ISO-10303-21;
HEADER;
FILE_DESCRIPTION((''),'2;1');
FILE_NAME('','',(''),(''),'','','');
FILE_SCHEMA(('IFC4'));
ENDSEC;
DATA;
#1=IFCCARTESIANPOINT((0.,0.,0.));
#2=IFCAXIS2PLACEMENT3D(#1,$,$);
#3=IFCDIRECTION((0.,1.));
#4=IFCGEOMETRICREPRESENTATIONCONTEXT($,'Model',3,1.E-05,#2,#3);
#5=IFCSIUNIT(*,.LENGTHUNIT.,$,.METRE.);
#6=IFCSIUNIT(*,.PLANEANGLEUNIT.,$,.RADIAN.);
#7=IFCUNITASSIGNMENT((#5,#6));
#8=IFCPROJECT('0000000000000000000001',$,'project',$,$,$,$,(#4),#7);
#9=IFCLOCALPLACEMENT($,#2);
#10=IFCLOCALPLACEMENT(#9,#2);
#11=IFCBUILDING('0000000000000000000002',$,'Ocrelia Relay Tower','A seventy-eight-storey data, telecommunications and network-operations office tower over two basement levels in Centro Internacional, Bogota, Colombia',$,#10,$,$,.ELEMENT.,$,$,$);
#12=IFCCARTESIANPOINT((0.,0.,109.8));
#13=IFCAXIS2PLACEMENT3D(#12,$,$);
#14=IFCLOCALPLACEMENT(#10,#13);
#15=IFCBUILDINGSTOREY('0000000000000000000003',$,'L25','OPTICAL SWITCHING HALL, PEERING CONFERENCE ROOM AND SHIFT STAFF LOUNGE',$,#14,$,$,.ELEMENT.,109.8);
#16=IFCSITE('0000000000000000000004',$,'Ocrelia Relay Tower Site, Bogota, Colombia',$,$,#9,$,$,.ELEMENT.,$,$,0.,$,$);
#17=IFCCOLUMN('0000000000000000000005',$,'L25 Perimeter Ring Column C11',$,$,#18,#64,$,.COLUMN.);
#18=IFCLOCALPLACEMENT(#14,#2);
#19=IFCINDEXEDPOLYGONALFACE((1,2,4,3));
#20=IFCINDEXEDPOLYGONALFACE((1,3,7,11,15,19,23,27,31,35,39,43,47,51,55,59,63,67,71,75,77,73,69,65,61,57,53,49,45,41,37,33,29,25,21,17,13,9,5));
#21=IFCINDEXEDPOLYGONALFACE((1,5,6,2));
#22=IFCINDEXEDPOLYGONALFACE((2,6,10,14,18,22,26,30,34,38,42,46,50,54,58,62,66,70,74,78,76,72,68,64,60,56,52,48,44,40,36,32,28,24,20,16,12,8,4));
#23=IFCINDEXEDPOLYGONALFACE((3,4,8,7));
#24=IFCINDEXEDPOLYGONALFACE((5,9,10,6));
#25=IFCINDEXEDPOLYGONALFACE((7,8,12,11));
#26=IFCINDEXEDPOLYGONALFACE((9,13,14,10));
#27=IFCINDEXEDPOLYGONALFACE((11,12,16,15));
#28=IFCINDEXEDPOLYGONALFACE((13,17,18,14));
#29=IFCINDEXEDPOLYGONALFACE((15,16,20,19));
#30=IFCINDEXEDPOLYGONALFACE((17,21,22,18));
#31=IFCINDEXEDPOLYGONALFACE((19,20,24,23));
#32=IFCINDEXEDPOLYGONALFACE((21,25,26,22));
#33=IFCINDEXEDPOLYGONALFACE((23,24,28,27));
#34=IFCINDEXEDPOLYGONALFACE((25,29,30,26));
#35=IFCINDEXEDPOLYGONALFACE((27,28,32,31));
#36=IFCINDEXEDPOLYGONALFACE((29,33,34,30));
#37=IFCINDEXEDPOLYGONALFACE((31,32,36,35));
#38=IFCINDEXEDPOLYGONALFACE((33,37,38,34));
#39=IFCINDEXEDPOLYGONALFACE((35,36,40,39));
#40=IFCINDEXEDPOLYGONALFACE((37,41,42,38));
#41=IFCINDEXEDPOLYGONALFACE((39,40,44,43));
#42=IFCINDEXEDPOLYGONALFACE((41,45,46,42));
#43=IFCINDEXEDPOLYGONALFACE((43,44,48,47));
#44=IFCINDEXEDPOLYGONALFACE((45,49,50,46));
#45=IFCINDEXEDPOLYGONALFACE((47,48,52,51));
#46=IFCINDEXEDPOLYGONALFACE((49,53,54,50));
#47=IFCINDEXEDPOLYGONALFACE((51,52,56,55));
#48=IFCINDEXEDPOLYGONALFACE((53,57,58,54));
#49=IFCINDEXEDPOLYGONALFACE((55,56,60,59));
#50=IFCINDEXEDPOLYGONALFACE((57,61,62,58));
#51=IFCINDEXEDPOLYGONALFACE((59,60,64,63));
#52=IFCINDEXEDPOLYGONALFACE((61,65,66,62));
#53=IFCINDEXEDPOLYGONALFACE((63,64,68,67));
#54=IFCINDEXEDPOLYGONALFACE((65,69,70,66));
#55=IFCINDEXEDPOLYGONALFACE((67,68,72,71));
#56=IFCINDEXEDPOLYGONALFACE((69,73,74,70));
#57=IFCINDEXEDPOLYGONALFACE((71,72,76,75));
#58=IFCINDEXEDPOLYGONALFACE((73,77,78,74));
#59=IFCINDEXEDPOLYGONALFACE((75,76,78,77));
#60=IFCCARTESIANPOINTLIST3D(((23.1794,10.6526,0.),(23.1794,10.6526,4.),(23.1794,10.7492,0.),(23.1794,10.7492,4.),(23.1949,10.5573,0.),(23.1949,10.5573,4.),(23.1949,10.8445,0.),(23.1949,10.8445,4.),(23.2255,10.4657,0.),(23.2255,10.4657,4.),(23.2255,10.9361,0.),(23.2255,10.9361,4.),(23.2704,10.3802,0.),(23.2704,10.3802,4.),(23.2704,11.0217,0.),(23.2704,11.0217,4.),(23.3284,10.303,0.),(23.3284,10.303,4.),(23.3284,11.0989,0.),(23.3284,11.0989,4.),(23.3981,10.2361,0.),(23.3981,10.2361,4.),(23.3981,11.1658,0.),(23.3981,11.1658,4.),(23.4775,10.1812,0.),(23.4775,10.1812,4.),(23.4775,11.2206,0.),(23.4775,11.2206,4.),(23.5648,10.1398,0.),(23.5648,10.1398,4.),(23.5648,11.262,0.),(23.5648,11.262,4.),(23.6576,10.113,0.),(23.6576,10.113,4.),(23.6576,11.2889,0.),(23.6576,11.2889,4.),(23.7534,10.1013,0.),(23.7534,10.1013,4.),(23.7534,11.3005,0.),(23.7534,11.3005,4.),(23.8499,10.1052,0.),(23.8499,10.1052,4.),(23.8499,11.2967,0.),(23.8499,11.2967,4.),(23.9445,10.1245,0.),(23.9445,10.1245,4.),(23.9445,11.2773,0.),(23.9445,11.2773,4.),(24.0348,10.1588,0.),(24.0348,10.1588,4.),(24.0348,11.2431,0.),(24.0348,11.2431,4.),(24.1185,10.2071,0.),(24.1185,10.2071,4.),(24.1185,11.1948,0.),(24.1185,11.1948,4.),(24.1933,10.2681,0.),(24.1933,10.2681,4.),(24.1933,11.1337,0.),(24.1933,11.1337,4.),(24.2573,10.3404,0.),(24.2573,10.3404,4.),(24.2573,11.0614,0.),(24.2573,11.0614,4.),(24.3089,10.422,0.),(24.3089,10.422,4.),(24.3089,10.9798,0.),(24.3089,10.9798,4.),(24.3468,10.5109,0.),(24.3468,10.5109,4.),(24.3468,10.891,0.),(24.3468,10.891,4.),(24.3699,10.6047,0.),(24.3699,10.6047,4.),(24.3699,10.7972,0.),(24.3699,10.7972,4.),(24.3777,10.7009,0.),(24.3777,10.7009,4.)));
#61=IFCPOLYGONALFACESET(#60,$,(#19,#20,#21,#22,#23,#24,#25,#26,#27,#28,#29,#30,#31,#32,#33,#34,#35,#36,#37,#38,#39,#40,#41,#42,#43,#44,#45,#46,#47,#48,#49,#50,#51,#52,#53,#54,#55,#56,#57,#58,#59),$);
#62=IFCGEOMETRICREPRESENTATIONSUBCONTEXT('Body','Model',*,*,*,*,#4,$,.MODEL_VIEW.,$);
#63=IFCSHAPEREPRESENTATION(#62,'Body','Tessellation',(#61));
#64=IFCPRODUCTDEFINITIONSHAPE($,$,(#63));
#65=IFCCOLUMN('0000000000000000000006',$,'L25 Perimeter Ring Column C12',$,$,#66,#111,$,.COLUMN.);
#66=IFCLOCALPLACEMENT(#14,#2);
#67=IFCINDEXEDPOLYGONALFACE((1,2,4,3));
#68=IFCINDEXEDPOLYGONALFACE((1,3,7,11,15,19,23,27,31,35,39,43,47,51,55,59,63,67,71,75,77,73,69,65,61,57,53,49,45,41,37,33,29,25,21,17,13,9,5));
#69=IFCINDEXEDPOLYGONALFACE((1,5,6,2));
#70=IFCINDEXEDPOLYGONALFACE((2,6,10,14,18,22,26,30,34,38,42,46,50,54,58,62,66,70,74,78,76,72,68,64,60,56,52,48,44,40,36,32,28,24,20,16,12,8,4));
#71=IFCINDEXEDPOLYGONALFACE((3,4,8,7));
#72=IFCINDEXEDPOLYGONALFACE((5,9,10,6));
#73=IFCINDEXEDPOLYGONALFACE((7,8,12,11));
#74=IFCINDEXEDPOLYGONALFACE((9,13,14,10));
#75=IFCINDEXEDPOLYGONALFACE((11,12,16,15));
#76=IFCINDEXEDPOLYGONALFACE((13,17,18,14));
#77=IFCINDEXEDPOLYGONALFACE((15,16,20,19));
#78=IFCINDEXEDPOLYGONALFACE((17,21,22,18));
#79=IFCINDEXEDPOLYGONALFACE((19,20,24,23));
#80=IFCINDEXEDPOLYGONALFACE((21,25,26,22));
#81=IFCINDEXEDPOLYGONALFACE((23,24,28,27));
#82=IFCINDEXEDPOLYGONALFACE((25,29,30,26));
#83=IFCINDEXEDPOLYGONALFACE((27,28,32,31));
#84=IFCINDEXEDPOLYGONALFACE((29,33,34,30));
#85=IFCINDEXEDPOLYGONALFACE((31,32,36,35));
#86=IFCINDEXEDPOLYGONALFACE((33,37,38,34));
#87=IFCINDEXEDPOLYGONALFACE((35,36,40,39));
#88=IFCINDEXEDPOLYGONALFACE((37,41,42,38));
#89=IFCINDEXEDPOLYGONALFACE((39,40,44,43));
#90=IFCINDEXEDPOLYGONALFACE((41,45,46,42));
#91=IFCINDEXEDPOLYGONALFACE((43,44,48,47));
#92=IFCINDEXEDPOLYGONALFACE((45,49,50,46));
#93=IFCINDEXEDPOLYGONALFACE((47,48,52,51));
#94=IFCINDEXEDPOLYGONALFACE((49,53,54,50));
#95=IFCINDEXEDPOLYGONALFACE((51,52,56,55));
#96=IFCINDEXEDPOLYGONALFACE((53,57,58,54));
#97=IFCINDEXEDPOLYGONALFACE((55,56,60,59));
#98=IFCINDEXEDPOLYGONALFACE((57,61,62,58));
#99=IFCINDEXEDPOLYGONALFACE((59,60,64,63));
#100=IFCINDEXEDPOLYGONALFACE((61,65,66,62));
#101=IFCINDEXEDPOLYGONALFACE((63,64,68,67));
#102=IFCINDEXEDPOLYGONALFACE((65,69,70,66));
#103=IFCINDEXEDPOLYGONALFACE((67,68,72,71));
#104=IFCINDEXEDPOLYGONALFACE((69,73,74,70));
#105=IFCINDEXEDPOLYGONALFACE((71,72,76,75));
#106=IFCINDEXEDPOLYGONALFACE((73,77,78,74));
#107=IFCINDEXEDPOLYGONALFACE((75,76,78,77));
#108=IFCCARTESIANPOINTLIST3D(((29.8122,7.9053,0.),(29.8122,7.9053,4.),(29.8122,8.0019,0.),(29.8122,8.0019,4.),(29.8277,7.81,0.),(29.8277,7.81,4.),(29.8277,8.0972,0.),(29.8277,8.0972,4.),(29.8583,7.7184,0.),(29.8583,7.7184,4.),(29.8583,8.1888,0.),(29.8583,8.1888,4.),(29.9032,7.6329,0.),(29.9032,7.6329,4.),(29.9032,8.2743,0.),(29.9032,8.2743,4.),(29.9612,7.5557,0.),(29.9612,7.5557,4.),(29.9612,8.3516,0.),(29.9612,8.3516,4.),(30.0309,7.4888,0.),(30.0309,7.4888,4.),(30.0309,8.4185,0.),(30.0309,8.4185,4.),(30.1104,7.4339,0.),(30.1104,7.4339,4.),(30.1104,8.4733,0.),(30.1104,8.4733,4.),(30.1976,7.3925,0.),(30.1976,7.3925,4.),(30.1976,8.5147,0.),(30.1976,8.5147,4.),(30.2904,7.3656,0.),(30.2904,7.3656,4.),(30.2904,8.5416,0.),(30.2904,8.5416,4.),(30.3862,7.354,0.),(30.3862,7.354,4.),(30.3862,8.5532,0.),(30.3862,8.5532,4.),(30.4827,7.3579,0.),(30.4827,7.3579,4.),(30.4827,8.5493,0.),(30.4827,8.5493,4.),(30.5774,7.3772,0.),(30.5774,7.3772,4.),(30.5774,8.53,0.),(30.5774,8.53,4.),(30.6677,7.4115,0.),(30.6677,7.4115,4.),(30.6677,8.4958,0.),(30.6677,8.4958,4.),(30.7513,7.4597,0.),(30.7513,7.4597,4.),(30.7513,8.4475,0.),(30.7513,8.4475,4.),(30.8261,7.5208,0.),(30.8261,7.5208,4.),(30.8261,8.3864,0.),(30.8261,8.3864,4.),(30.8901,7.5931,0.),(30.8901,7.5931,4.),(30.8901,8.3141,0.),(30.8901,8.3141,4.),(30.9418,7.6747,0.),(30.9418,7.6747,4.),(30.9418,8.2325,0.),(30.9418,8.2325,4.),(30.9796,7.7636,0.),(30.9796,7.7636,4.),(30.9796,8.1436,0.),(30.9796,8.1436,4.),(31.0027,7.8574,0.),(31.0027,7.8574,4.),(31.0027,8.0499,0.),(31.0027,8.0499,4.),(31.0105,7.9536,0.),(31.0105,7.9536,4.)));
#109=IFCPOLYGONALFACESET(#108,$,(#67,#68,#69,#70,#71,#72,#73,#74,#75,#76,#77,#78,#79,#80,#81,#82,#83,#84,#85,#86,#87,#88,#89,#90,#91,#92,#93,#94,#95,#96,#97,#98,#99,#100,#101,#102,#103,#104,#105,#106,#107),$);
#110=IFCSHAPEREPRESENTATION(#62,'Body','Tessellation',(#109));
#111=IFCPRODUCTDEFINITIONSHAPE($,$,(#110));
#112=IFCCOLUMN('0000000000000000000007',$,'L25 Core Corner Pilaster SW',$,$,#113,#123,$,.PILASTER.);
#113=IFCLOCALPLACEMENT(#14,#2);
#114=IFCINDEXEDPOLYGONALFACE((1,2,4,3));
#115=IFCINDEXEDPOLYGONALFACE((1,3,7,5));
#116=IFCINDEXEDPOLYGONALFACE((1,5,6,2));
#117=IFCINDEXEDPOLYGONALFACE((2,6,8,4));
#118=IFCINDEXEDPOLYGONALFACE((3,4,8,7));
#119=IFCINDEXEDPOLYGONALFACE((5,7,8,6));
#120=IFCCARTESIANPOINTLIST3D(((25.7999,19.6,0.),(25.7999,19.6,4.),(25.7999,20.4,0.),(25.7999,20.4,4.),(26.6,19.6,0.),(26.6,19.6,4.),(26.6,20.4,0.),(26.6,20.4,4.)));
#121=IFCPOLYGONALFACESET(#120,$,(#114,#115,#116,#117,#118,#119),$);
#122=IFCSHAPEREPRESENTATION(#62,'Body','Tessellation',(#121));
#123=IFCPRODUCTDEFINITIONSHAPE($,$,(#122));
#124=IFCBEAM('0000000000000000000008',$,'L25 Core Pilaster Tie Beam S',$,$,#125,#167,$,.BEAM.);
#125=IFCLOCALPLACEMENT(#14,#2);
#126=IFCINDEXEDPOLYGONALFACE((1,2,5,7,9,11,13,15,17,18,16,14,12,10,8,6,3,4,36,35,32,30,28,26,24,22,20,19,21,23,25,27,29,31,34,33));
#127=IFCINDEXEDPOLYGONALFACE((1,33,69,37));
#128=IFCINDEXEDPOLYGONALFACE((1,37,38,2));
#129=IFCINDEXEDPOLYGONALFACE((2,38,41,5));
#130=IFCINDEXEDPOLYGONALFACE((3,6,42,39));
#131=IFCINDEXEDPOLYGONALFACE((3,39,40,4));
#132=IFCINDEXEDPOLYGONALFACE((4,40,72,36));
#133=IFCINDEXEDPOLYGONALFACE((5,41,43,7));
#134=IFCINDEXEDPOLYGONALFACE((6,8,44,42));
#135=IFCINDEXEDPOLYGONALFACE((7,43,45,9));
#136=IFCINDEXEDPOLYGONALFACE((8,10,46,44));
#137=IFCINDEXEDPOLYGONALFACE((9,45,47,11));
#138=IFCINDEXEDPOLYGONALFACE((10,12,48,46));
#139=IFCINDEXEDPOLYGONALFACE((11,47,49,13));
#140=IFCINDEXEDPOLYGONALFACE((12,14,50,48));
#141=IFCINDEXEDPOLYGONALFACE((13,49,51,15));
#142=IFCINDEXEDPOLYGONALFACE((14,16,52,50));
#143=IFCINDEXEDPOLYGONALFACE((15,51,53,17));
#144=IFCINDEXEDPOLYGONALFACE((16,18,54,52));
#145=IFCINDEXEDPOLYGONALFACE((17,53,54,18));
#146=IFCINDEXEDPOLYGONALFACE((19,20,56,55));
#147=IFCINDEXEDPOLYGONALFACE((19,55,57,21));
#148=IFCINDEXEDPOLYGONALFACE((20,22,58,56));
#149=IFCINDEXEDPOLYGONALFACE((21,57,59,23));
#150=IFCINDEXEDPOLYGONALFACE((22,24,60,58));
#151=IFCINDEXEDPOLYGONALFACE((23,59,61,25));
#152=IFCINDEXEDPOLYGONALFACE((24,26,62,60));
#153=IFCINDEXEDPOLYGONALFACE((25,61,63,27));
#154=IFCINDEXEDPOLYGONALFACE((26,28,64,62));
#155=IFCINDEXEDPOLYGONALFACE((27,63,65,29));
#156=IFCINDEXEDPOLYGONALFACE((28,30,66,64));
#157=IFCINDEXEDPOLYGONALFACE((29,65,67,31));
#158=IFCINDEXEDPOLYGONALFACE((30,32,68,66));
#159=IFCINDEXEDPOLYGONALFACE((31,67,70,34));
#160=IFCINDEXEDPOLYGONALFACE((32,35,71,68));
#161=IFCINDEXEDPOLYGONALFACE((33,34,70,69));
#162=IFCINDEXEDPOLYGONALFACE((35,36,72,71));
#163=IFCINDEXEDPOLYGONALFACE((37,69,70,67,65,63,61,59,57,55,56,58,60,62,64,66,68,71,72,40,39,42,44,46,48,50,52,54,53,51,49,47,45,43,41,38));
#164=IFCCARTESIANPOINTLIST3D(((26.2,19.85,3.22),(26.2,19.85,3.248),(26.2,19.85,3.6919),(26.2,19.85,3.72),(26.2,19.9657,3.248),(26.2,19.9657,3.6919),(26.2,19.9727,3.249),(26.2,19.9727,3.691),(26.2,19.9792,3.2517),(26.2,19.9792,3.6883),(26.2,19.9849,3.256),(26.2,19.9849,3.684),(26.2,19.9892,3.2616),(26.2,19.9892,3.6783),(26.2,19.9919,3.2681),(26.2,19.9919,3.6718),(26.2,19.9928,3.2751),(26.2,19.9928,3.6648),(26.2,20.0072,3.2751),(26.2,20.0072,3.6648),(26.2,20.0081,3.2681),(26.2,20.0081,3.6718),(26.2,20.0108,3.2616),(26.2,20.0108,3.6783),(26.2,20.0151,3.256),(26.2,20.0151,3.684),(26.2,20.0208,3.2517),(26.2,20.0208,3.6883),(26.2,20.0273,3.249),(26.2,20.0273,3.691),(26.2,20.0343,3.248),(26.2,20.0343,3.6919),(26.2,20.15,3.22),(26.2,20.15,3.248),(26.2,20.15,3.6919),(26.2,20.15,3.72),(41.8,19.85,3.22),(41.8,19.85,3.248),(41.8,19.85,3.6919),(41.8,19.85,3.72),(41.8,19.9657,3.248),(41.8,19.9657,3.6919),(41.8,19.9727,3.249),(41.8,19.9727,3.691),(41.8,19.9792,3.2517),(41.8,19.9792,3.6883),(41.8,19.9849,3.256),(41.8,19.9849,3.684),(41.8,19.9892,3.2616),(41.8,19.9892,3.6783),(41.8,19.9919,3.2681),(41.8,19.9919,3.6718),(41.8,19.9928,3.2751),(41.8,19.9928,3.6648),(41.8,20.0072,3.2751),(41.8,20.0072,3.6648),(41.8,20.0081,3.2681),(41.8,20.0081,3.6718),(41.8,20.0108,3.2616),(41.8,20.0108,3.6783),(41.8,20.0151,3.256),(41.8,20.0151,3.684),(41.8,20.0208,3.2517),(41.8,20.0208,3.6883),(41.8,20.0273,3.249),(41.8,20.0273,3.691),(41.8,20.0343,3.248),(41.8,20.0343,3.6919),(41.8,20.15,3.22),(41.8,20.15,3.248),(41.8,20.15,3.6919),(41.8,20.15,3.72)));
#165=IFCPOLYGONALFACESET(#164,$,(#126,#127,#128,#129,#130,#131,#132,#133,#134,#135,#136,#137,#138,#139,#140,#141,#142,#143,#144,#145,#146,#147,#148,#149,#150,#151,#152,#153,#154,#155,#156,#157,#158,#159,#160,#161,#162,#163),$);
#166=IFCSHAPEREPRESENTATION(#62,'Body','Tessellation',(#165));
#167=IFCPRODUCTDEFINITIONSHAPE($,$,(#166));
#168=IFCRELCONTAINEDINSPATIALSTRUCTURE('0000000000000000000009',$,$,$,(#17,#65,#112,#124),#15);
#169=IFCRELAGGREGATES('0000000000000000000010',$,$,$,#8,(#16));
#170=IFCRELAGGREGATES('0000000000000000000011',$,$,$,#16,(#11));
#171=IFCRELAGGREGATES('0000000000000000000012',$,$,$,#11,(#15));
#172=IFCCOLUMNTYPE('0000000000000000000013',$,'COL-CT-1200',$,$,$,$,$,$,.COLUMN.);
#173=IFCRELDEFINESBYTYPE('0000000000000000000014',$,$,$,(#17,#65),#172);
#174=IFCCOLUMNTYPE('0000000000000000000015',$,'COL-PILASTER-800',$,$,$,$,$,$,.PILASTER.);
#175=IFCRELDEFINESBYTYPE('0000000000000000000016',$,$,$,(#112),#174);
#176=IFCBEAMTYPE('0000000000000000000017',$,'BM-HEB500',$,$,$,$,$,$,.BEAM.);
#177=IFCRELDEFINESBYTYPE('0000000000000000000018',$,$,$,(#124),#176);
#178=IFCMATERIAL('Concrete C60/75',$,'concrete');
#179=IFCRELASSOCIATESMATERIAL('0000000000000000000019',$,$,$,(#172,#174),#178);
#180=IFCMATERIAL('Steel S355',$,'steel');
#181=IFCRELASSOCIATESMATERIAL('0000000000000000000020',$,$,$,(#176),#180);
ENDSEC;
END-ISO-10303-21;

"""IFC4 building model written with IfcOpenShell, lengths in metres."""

from ifc_helpers import new_model, si_unit, direction, frame, origin, origin_2d, place, context, subcontext, project, spatial, rectangle, circle, i_section, extrude, material, material_profile, profile_set, type_object, element, save


model = new_model("IFC4")

# Units and contexts
model_context = context("Model", 3, precision=1e-05, world=origin(), true_north=direction((0.0, 1.0)))
body_context = subcontext(model_context, "Body", "Model", "MODEL_VIEW")
ifc_project = project(units=[si_unit("LENGTHUNIT", "METRE"), si_unit("PLANEANGLEUNIT", "RADIAN")], contexts=[model_context])

# Site, building, storey
site_placement = place(None, origin())
site = spatial("IfcSite", under=ifc_project, at=site_placement, Name="Ocrelia Relay Tower Site, Bogota, Colombia", CompositionType="ELEMENT", RefElevation=0.0)
building_placement = place(site_placement, origin())
building = spatial("IfcBuilding", under=site, at=building_placement, Name="Ocrelia Relay Tower", Description="A seventy-eight-storey data, telecommunications and network-operations office tower over two basement levels in Centro Internacional, Bogota, Colombia", CompositionType="ELEMENT")
storey_placement = place(building_placement, frame((0.0, 0.0, 109.8)))
storey = spatial("IfcBuildingStorey", under=building, at=storey_placement, Name="L25", Description="OPTICAL SWITCHING HALL, PEERING CONFERENCE ROOM AND SHIFT STAFF LOUNGE", CompositionType="ELEMENT", Elevation=109.8)

# Columns
ifc_material_1 = material(Name="Concrete C60/75", Category="concrete")
ifc_material_profile_1 = material_profile(ifc_material_1, circle(Radius=0.6001, at=origin_2d()), Name="RC-CIR-1200")
ifc_profile_set_1 = profile_set([ifc_material_profile_1], Name="Concrete C60/75")
column_type_1 = type_object("IfcColumnType", Name="COL-CT-1200", PredefinedType="COLUMN", material=ifc_profile_set_1)
for number, where, z_axis, x_axis, name in (
    (1, (23.7776, 10.7009, 0.0), (0.0, 0.0, 1.0), (1.0, 0.0, 0.0), "L25 Perimeter Ring Column C11"),
    (2, (30.4104, 7.9536, 0.0), (0.0, 0.0, 1.0), (1.0, 0.0, 0.0), "L25 Perimeter Ring Column C12"),
):
    element("IfcColumn", number, at=place(storey_placement, frame(where, z_axis=z_axis, x_axis=x_axis)), inside=storey, type_object=column_type_1, Name=name, PredefinedType="COLUMN", context=body_context, shape_type="SweptSolid", body=[
        extrude(circle(Radius=0.6001, at=origin_2d()), origin(), (0.0, 0.0, 1.0), 4.0),
    ])
ifc_material_profile_2 = material_profile(ifc_material_1, rectangle(XDim=0.8, YDim=0.8, at=origin_2d()), Name="RC-COL-800x800")
ifc_profile_set_2 = profile_set([ifc_material_profile_2], Name="Concrete C60/75")
column_type_2 = type_object("IfcColumnType", Name="COL-PILASTER-800", PredefinedType="PILASTER", material=ifc_profile_set_2)
column_placement = place(storey_placement, frame((26.2, 20.0, 0.0), z_axis=(0.0, 0.0, 1.0), x_axis=(1.0, 0.0, 0.0)))
element("IfcColumn", 3, at=column_placement, inside=storey, type_object=column_type_2, Name="L25 Core Corner Pilaster SW", PredefinedType="PILASTER", context=body_context, shape_type="SweptSolid", body=[
    extrude(rectangle(XDim=0.8, YDim=0.8, at=origin_2d()), origin(), (0.0, 0.0, 1.0), 4.0),
])

# Beam
ifc_material_2 = material(Name="Steel S355", Category="steel")
ifc_material_profile_3 = material_profile(ifc_material_2, i_section(OverallWidth=0.3, OverallDepth=0.5, WebThickness=0.0144, FlangeThickness=0.0281, FilletRadius=0.0271, at=origin_2d()), Name="HEB 500")
ifc_profile_set_3 = profile_set([ifc_material_profile_3], Name="Steel S355")
beam_type_1 = type_object("IfcBeamType", Name="BM-HEB500", PredefinedType="BEAM", material=ifc_profile_set_3)
beam_1_placement = place(storey_placement, frame((26.2, 20.0, 3.47), z_axis=(1.0, 0.0, 0.0), x_axis=(0.0, 1.0, 0.0)))
element("IfcBeam", 4, at=beam_1_placement, inside=storey, type_object=beam_type_1, Name="L25 Core Pilaster Tie Beam S", PredefinedType="BEAM", context=body_context, shape_type="SweptSolid", body=[
    extrude(i_section(OverallWidth=0.3, OverallDepth=0.5, WebThickness=0.0144, FlangeThickness=0.0281, FilletRadius=0.0271, at=origin_2d()), origin(), (0.0, 0.0, 1.0), 15.6001),
])

save(model, "model.ifc")
